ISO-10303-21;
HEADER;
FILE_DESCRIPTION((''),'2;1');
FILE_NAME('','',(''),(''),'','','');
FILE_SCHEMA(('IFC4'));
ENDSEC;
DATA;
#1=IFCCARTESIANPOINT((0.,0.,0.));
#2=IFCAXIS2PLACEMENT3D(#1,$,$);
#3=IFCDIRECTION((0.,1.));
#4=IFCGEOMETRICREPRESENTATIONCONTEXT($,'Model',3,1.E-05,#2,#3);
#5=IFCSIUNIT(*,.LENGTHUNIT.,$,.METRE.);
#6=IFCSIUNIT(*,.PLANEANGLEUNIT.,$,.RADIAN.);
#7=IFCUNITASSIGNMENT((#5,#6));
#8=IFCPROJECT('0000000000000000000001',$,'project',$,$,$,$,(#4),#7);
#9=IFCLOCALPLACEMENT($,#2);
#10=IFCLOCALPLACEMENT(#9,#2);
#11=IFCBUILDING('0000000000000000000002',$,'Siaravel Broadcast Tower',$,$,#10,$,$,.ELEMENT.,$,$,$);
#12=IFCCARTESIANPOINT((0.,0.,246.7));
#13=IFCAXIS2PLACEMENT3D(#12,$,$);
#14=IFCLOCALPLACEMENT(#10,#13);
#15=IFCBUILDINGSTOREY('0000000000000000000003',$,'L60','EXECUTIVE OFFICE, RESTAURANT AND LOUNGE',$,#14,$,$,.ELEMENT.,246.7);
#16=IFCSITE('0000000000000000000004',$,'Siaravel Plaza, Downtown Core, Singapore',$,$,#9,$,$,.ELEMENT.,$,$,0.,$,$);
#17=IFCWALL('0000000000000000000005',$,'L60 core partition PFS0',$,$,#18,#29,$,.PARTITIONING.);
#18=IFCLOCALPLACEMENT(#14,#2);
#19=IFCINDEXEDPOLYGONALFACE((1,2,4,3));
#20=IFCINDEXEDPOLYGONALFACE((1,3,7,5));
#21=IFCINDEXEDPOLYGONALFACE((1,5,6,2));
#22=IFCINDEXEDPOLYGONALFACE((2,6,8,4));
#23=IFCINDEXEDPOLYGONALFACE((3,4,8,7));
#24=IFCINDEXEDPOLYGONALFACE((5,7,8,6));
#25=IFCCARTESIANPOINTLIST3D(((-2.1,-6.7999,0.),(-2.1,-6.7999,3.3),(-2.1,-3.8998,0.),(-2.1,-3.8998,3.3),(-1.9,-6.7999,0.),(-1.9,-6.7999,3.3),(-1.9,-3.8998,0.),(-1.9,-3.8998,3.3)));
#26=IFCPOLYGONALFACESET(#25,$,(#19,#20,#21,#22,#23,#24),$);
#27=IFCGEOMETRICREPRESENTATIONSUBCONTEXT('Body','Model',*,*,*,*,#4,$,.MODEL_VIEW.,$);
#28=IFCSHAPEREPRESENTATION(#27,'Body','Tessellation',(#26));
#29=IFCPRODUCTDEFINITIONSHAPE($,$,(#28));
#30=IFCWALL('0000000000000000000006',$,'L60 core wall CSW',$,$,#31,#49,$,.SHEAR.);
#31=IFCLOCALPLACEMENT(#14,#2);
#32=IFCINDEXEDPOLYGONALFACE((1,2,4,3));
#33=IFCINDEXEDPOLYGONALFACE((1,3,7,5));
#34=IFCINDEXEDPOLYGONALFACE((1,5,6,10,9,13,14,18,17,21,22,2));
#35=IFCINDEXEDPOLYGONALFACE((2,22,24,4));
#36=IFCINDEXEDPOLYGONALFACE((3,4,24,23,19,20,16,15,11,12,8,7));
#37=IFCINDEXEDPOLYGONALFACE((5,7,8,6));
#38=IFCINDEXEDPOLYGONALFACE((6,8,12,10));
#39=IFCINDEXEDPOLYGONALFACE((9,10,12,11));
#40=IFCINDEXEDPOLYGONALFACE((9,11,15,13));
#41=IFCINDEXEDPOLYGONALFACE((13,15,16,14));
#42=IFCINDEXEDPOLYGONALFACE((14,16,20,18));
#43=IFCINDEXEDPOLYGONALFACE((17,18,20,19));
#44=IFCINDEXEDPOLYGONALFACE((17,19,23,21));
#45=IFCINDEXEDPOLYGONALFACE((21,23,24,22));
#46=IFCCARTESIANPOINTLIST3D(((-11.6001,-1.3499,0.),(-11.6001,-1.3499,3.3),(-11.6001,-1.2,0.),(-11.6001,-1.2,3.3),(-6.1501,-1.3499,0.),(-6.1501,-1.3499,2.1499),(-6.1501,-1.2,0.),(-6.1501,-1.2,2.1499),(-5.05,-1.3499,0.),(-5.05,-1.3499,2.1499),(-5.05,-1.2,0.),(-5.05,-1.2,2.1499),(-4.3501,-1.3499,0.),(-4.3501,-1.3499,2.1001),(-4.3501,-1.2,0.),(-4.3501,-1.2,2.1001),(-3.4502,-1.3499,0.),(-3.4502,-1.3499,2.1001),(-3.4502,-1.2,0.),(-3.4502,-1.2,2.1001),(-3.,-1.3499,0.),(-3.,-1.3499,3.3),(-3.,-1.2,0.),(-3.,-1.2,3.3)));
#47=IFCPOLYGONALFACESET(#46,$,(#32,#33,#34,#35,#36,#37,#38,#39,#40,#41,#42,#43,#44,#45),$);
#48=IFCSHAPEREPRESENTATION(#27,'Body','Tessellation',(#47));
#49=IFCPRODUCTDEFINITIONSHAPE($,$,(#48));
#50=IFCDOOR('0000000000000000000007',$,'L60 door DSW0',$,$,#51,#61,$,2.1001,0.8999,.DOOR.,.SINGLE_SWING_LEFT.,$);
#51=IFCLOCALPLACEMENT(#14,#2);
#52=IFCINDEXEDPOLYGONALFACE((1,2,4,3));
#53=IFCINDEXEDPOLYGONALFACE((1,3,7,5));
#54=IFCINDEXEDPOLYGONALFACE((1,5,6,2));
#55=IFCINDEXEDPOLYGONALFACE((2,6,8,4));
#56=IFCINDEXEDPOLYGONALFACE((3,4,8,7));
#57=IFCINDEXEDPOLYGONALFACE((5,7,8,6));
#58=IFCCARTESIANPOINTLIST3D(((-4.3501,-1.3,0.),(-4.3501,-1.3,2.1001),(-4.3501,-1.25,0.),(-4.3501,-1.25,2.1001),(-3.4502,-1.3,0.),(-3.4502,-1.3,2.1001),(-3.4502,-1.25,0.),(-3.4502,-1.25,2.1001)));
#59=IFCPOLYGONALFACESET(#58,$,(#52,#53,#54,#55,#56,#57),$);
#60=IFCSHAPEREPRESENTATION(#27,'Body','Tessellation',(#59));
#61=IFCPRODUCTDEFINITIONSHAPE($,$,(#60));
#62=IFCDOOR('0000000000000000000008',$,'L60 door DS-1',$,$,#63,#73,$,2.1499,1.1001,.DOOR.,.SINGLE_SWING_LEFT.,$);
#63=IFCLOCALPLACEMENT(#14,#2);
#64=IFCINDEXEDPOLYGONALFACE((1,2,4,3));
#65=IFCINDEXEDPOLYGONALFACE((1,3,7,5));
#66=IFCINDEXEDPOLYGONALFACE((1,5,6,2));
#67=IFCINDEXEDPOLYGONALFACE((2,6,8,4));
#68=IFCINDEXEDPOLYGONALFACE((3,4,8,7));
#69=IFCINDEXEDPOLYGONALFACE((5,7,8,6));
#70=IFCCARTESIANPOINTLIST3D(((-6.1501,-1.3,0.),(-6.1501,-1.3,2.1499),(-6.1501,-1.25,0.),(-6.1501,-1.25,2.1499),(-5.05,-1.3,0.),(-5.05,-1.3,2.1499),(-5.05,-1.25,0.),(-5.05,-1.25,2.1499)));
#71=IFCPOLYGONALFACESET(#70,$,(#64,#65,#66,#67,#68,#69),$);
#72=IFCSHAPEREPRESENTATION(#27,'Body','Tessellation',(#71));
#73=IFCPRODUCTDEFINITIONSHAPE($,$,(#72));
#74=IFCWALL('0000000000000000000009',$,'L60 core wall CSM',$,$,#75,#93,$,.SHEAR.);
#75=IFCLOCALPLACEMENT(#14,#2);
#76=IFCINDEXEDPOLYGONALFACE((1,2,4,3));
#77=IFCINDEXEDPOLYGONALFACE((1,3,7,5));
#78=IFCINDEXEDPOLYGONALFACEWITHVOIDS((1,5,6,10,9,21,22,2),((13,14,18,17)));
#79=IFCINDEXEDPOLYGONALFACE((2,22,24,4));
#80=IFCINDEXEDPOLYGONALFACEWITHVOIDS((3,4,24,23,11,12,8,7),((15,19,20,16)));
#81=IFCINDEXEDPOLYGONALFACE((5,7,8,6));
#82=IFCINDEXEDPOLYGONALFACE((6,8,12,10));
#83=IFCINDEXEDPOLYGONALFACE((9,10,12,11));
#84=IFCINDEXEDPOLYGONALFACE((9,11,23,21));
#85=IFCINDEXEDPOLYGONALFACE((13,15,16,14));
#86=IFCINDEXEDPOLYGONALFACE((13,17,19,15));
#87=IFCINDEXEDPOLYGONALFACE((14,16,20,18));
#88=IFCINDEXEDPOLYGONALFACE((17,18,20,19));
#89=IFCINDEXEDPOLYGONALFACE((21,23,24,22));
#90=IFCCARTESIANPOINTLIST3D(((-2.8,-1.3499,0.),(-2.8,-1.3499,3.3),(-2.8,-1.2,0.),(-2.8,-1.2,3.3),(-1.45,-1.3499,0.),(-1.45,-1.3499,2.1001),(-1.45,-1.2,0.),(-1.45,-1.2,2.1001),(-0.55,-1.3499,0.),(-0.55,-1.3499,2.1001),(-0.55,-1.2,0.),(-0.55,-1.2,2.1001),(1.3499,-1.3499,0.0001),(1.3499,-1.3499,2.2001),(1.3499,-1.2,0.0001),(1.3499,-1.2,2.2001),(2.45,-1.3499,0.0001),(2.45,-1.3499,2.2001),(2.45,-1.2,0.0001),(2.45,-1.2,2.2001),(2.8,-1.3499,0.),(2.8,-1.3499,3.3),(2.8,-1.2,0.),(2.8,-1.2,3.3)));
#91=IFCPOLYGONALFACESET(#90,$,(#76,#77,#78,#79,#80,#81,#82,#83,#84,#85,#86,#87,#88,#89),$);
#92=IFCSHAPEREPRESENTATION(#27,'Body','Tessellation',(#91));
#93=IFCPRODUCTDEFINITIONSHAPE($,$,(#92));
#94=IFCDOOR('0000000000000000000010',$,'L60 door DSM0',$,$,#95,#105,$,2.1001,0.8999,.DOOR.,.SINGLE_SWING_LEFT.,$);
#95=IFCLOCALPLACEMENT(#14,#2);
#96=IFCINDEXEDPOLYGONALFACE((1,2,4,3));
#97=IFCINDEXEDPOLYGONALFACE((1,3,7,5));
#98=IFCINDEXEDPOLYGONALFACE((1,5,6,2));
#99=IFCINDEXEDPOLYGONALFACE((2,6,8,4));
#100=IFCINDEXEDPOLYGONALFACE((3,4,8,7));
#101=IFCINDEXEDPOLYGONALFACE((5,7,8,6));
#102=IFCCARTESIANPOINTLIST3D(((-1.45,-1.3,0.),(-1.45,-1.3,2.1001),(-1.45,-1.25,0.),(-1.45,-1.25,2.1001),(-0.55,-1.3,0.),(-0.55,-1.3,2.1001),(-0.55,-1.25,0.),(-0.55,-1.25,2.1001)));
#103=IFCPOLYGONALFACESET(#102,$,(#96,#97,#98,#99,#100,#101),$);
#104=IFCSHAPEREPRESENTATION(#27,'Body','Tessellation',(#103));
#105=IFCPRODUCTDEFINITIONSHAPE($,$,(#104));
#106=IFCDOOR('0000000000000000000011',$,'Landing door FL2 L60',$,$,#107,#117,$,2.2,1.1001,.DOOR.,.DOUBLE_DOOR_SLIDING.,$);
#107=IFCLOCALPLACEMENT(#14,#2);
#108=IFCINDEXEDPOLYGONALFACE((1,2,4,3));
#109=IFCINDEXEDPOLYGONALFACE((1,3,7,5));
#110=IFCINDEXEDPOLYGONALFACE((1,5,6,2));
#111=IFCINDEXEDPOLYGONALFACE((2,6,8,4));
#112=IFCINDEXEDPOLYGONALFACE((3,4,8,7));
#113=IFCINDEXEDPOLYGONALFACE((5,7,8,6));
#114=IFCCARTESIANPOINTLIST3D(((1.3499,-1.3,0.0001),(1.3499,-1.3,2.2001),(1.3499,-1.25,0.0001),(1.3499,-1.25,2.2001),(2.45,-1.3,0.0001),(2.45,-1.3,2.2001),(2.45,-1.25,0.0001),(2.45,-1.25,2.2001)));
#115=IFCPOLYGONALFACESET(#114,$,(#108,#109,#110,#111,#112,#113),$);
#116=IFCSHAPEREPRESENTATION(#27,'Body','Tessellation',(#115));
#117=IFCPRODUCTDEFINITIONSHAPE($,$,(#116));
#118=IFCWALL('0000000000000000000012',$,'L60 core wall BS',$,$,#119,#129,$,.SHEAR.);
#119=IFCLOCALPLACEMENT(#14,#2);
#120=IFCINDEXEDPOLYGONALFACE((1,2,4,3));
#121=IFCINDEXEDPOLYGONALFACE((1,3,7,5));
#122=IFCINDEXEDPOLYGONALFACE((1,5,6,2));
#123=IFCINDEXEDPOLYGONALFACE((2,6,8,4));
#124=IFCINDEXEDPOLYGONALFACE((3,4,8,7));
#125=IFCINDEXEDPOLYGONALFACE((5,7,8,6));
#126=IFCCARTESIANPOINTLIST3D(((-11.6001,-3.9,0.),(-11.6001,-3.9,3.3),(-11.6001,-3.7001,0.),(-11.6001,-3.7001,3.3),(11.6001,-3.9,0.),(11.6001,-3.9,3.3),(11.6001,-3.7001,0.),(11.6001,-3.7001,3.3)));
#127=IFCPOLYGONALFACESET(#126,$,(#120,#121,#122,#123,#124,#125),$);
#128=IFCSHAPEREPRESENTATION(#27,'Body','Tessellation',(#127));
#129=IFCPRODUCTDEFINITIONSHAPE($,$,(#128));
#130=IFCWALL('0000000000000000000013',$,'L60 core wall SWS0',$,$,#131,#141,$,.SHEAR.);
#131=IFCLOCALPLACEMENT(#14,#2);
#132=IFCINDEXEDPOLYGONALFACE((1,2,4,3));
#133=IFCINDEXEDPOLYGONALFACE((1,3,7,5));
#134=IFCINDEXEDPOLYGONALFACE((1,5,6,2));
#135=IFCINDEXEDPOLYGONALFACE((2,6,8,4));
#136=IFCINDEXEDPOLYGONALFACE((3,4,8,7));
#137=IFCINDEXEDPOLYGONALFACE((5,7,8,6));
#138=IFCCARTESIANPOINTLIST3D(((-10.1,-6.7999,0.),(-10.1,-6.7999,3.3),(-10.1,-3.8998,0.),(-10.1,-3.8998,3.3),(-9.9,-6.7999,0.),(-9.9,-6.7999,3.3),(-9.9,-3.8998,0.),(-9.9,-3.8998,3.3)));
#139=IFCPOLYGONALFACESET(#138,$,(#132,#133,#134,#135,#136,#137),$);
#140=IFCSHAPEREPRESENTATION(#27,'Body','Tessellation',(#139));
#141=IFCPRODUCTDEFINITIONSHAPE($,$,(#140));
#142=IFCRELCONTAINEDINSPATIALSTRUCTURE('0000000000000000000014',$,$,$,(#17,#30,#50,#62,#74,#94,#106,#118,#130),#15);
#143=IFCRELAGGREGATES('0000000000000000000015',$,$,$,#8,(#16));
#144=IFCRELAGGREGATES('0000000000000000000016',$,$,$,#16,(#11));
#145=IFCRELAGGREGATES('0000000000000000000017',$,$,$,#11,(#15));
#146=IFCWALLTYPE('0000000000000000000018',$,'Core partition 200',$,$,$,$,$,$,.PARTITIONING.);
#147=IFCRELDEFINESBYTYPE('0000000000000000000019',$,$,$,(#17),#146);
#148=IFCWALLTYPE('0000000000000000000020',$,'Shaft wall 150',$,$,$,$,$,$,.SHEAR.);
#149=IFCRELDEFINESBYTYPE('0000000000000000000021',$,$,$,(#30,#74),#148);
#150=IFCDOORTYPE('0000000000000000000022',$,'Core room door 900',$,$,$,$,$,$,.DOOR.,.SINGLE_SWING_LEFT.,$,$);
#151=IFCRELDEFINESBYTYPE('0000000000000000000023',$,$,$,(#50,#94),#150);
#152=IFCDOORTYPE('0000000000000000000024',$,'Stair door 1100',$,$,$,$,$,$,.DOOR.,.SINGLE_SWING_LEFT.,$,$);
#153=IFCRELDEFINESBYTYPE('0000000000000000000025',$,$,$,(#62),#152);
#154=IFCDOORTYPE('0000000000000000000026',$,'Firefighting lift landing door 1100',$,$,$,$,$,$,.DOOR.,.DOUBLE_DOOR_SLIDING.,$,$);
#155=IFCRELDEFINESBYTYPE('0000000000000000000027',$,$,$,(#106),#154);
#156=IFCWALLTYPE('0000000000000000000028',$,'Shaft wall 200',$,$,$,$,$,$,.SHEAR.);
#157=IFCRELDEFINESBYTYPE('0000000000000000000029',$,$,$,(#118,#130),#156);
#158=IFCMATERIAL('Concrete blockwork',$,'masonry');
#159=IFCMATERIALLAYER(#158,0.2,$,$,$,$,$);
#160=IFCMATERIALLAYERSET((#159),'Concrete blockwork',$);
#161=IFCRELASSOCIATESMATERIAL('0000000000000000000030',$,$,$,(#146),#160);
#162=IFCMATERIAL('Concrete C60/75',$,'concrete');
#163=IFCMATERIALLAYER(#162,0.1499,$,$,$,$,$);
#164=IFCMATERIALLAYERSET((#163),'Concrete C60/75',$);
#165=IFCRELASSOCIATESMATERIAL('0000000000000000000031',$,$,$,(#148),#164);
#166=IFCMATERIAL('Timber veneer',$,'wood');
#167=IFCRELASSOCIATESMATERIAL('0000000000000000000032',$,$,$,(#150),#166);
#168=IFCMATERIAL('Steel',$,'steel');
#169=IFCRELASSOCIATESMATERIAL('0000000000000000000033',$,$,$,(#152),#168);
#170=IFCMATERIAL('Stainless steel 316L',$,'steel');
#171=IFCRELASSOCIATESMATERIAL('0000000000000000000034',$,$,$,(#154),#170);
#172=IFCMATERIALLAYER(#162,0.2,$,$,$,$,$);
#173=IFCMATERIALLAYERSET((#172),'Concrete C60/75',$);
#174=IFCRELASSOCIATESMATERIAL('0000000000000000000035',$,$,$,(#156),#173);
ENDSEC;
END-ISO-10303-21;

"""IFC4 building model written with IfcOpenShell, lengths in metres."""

from ifc_helpers import new_model, si_unit, direction, frame, frame_2d, origin, place, context, subcontext, project, spatial, rectangle, extrude, material, layer, layer_set, type_object, element, fill, save


model = new_model("IFC4")

# Units and contexts
model_context = context("Model", 3, precision=1e-05, world=origin(), true_north=direction((0.0, 1.0)))
body_context = subcontext(model_context, "Body", "Model", "MODEL_VIEW")
ifc_project = project(units=[si_unit("LENGTHUNIT", "METRE"), si_unit("PLANEANGLEUNIT", "RADIAN")], contexts=[model_context])

# Site, building, storey
site_placement = place(None, origin())
site = spatial("IfcSite", under=ifc_project, at=site_placement, Name="Siaravel Plaza, Downtown Core, Singapore", CompositionType="ELEMENT", RefElevation=0.0)
building_placement = place(site_placement, origin())
building = spatial("IfcBuilding", under=site, at=building_placement, Name="Siaravel Broadcast Tower", CompositionType="ELEMENT")
storey_placement = place(building_placement, frame((0.0, 0.0, 246.7)))
storey = spatial("IfcBuildingStorey", under=building, at=storey_placement, Name="L60", Description="EXECUTIVE OFFICE, RESTAURANT AND LOUNGE", CompositionType="ELEMENT", Elevation=246.7)

# Wall
ifc_material_1 = material(Name="Concrete blockwork", Category="masonry")
ifc_layer_1 = layer(ifc_material_1, 0.2)
ifc_layer_set_1 = layer_set([ifc_layer_1], Name="Concrete blockwork")
wall_type_1 = type_object("IfcWallType", Name="Core partition 200", PredefinedType="PARTITIONING", material=ifc_layer_set_1)
wall_1_placement = place(storey_placement, frame((-2.0, -6.8, 0.0), z_axis=(0.0, 0.0, 1.0), x_axis=(0.0, 1.0, 0.0)))
element("IfcWall", 1, at=wall_1_placement, inside=storey, type_object=wall_type_1, Name="L60 core partition PFS0", PredefinedType="PARTITIONING", context=body_context, shape_type="SweptSolid", body=[
    extrude(rectangle(XDim=2.9001, YDim=0.2, at=frame_2d((1.4502, 0.0))), origin(), (0.0, 0.0, 1.0), 3.3),
])

# Walls, openings, doors
ifc_material_2 = material(Name="Concrete C60/75", Category="concrete")
ifc_layer_2 = layer(ifc_material_2, 0.1499)
ifc_layer_set_2 = layer_set([ifc_layer_2], Name="Concrete C60/75")
wall_type_2 = type_object("IfcWallType", Name="Shaft wall 150", PredefinedType="SHEAR", material=ifc_layer_set_2)
wall_2_placement = place(storey_placement, frame((-11.6001, -1.2749, 0.0), z_axis=(0.0, 0.0, 1.0), x_axis=(1.0, 0.0, 0.0)))
wall_2 = element("IfcWall", 2, at=wall_2_placement, inside=storey, type_object=wall_type_2, Name="L60 core wall CSW", PredefinedType="SHEAR", context=body_context, shape_type="SweptSolid", body=[
    extrude(rectangle(XDim=8.6001, YDim=0.1499, at=frame_2d((4.3, 0.0))), origin(), (0.0, 0.0, 1.0), 3.3),
])
opening_1_placement = place(wall_2_placement, frame((5.45, 0.0, 0.0)))
opening_1 = element("IfcOpeningElement", 3, at=opening_1_placement, cuts=wall_2, PredefinedType="OPENING", context=body_context, shape_type="SweptSolid", body=[
    extrude(rectangle(XDim=1.1001, YDim=2.1499, at=frame_2d((0.55, 1.075))), frame((0.0, 0.085, 0.0), z_axis=(0.0, -1.0, 0.0), x_axis=(1.0, 0.0, 0.0)), (0.0, 0.0, 1.0), 0.1699),
])
opening_2_placement = place(wall_2_placement, frame((7.25, 0.0, 0.0)))
opening_2 = element("IfcOpeningElement", 4, at=opening_2_placement, cuts=wall_2, PredefinedType="OPENING", context=body_context, shape_type="SweptSolid", body=[
    extrude(rectangle(XDim=0.8999, YDim=2.1001, at=frame_2d((0.45, 1.05))), frame((0.0, 0.085, 0.0), z_axis=(0.0, -1.0, 0.0), x_axis=(1.0, 0.0, 0.0)), (0.0, 0.0, 1.0), 0.1699),
])
ifc_material_3 = material(Name="Timber veneer", Category="wood")
door_type_1 = type_object("IfcDoorType", Name="Core room door 900", OperationType="SINGLE_SWING_LEFT", PredefinedType="DOOR", material=ifc_material_3)
door_1_placement = place(opening_2_placement, origin())
door_1 = element("IfcDoor", 5, at=door_1_placement, inside=storey, type_object=door_type_1, Name="L60 door DSW0", OperationType="SINGLE_SWING_LEFT", OverallHeight=2.1001, OverallWidth=0.8999, PredefinedType="DOOR", context=body_context, shape_type="SweptSolid", body=[
    extrude(rectangle(XDim=0.8999, YDim=2.1001, at=frame_2d((0.45, 1.05))), frame((0.0, 0.0249, 0.0), z_axis=(0.0, -1.0, 0.0), x_axis=(1.0, 0.0, 0.0)), (0.0, 0.0, 1.0), 0.05),
])
fill(opening_2, door_1)
ifc_material_4 = material(Name="Steel", Category="steel")
door_type_2 = type_object("IfcDoorType", Name="Stair door 1100", OperationType="SINGLE_SWING_LEFT", PredefinedType="DOOR", material=ifc_material_4)
door_2_placement = place(opening_1_placement, origin())
door_2 = element("IfcDoor", 6, at=door_2_placement, inside=storey, type_object=door_type_2, Name="L60 door DS-1", OperationType="SINGLE_SWING_LEFT", OverallHeight=2.1499, OverallWidth=1.1001, PredefinedType="DOOR", context=body_context, shape_type="SweptSolid", body=[
    extrude(rectangle(XDim=1.1001, YDim=2.1499, at=frame_2d((0.55, 1.075))), frame((0.0, 0.0249, 0.0), z_axis=(0.0, -1.0, 0.0), x_axis=(1.0, 0.0, 0.0)), (0.0, 0.0, 1.0), 0.05),
])
fill(opening_1, door_2)
wall_3_placement = place(storey_placement, frame((-2.8, -1.2749, 0.0), z_axis=(0.0, 0.0, 1.0), x_axis=(1.0, 0.0, 0.0)))
wall_3 = element("IfcWall", 7, at=wall_3_placement, inside=storey, type_object=wall_type_2, Name="L60 core wall CSM", PredefinedType="SHEAR", context=body_context, shape_type="SweptSolid", body=[
    extrude(rectangle(XDim=5.6001, YDim=0.1499, at=frame_2d((2.8, 0.0))), origin(), (0.0, 0.0, 1.0), 3.3),
])
opening_3_placement = place(wall_3_placement, frame((4.1499, 0.0, 0.0)))
opening_3 = element("IfcOpeningElement", 8, at=opening_3_placement, cuts=wall_3, PredefinedType="OPENING", context=body_context, shape_type="SweptSolid", body=[
    extrude(rectangle(XDim=1.1001, YDim=2.2, at=frame_2d((0.55, 1.1001))), frame((0.0, 0.085, 0.0), z_axis=(0.0, -1.0, 0.0), x_axis=(1.0, 0.0, 0.0)), (0.0, 0.0, 1.0), 0.1699),
])
opening_4_placement = place(wall_3_placement, frame((1.3501, 0.0, 0.0)))
opening_4 = element("IfcOpeningElement", 9, at=opening_4_placement, cuts=wall_3, PredefinedType="OPENING", context=body_context, shape_type="SweptSolid", body=[
    extrude(rectangle(XDim=0.8999, YDim=2.1001, at=frame_2d((0.45, 1.05))), frame((0.0, 0.085, 0.0), z_axis=(0.0, -1.0, 0.0), x_axis=(1.0, 0.0, 0.0)), (0.0, 0.0, 1.0), 0.1699),
])
door_3_placement = place(opening_4_placement, origin())
door_3 = element("IfcDoor", 10, at=door_3_placement, inside=storey, type_object=door_type_1, Name="L60 door DSM0", OperationType="SINGLE_SWING_LEFT", OverallHeight=2.1001, OverallWidth=0.8999, PredefinedType="DOOR", context=body_context, shape_type="SweptSolid", body=[
    extrude(rectangle(XDim=0.8999, YDim=2.1001, at=frame_2d((0.45, 1.05))), frame((0.0, 0.0249, 0.0), z_axis=(0.0, -1.0, 0.0), x_axis=(1.0, 0.0, 0.0)), (0.0, 0.0, 1.0), 0.05),
])
fill(opening_4, door_3)
ifc_material_5 = material(Name="Stainless steel 316L", Category="steel")
door_type_3 = type_object("IfcDoorType", Name="Firefighting lift landing door 1100", OperationType="DOUBLE_DOOR_SLIDING", PredefinedType="DOOR", material=ifc_material_5)
door_4_placement = place(opening_3_placement, origin())
door_4 = element("IfcDoor", 11, at=door_4_placement, inside=storey, type_object=door_type_3, Name="Landing door FL2 L60", OperationType="DOUBLE_DOOR_SLIDING", OverallHeight=2.2, OverallWidth=1.1001, PredefinedType="DOOR", context=body_context, shape_type="SweptSolid", body=[
    extrude(rectangle(XDim=1.1001, YDim=2.2, at=frame_2d((0.55, 1.1001))), frame((0.0, 0.0249, 0.0), z_axis=(0.0, -1.0, 0.0), x_axis=(1.0, 0.0, 0.0)), (0.0, 0.0, 1.0), 0.05),
])
fill(opening_3, door_4)

# Walls
ifc_layer_3 = layer(ifc_material_2, 0.2)
ifc_layer_set_3 = layer_set([ifc_layer_3], Name="Concrete C60/75")
wall_type_3 = type_object("IfcWallType", Name="Shaft wall 200", PredefinedType="SHEAR", material=ifc_layer_set_3)
wall_4_placement = place(storey_placement, frame((-11.6001, -3.8, 0.0), z_axis=(0.0, 0.0, 1.0), x_axis=(1.0, 0.0, 0.0)))
element("IfcWall", 12, at=wall_4_placement, inside=storey, type_object=wall_type_3, Name="L60 core wall BS", PredefinedType="SHEAR", context=body_context, shape_type="SweptSolid", body=[
    extrude(rectangle(XDim=23.2002, YDim=0.2, at=frame_2d((11.6001, 0.0))), origin(), (0.0, 0.0, 1.0), 3.3),
])
wall_5_placement = place(storey_placement, frame((-10.0, -6.8, 0.0), z_axis=(0.0, 0.0, 1.0), x_axis=(0.0, 1.0, 0.0)))
element("IfcWall", 13, at=wall_5_placement, inside=storey, type_object=wall_type_3, Name="L60 core wall SWS0", PredefinedType="SHEAR", context=body_context, shape_type="SweptSolid", body=[
    extrude(rectangle(XDim=2.9001, YDim=0.2, at=frame_2d((1.4502, 0.0))), origin(), (0.0, 0.0, 1.0), 3.3),
])

save(model, "model.ifc")
